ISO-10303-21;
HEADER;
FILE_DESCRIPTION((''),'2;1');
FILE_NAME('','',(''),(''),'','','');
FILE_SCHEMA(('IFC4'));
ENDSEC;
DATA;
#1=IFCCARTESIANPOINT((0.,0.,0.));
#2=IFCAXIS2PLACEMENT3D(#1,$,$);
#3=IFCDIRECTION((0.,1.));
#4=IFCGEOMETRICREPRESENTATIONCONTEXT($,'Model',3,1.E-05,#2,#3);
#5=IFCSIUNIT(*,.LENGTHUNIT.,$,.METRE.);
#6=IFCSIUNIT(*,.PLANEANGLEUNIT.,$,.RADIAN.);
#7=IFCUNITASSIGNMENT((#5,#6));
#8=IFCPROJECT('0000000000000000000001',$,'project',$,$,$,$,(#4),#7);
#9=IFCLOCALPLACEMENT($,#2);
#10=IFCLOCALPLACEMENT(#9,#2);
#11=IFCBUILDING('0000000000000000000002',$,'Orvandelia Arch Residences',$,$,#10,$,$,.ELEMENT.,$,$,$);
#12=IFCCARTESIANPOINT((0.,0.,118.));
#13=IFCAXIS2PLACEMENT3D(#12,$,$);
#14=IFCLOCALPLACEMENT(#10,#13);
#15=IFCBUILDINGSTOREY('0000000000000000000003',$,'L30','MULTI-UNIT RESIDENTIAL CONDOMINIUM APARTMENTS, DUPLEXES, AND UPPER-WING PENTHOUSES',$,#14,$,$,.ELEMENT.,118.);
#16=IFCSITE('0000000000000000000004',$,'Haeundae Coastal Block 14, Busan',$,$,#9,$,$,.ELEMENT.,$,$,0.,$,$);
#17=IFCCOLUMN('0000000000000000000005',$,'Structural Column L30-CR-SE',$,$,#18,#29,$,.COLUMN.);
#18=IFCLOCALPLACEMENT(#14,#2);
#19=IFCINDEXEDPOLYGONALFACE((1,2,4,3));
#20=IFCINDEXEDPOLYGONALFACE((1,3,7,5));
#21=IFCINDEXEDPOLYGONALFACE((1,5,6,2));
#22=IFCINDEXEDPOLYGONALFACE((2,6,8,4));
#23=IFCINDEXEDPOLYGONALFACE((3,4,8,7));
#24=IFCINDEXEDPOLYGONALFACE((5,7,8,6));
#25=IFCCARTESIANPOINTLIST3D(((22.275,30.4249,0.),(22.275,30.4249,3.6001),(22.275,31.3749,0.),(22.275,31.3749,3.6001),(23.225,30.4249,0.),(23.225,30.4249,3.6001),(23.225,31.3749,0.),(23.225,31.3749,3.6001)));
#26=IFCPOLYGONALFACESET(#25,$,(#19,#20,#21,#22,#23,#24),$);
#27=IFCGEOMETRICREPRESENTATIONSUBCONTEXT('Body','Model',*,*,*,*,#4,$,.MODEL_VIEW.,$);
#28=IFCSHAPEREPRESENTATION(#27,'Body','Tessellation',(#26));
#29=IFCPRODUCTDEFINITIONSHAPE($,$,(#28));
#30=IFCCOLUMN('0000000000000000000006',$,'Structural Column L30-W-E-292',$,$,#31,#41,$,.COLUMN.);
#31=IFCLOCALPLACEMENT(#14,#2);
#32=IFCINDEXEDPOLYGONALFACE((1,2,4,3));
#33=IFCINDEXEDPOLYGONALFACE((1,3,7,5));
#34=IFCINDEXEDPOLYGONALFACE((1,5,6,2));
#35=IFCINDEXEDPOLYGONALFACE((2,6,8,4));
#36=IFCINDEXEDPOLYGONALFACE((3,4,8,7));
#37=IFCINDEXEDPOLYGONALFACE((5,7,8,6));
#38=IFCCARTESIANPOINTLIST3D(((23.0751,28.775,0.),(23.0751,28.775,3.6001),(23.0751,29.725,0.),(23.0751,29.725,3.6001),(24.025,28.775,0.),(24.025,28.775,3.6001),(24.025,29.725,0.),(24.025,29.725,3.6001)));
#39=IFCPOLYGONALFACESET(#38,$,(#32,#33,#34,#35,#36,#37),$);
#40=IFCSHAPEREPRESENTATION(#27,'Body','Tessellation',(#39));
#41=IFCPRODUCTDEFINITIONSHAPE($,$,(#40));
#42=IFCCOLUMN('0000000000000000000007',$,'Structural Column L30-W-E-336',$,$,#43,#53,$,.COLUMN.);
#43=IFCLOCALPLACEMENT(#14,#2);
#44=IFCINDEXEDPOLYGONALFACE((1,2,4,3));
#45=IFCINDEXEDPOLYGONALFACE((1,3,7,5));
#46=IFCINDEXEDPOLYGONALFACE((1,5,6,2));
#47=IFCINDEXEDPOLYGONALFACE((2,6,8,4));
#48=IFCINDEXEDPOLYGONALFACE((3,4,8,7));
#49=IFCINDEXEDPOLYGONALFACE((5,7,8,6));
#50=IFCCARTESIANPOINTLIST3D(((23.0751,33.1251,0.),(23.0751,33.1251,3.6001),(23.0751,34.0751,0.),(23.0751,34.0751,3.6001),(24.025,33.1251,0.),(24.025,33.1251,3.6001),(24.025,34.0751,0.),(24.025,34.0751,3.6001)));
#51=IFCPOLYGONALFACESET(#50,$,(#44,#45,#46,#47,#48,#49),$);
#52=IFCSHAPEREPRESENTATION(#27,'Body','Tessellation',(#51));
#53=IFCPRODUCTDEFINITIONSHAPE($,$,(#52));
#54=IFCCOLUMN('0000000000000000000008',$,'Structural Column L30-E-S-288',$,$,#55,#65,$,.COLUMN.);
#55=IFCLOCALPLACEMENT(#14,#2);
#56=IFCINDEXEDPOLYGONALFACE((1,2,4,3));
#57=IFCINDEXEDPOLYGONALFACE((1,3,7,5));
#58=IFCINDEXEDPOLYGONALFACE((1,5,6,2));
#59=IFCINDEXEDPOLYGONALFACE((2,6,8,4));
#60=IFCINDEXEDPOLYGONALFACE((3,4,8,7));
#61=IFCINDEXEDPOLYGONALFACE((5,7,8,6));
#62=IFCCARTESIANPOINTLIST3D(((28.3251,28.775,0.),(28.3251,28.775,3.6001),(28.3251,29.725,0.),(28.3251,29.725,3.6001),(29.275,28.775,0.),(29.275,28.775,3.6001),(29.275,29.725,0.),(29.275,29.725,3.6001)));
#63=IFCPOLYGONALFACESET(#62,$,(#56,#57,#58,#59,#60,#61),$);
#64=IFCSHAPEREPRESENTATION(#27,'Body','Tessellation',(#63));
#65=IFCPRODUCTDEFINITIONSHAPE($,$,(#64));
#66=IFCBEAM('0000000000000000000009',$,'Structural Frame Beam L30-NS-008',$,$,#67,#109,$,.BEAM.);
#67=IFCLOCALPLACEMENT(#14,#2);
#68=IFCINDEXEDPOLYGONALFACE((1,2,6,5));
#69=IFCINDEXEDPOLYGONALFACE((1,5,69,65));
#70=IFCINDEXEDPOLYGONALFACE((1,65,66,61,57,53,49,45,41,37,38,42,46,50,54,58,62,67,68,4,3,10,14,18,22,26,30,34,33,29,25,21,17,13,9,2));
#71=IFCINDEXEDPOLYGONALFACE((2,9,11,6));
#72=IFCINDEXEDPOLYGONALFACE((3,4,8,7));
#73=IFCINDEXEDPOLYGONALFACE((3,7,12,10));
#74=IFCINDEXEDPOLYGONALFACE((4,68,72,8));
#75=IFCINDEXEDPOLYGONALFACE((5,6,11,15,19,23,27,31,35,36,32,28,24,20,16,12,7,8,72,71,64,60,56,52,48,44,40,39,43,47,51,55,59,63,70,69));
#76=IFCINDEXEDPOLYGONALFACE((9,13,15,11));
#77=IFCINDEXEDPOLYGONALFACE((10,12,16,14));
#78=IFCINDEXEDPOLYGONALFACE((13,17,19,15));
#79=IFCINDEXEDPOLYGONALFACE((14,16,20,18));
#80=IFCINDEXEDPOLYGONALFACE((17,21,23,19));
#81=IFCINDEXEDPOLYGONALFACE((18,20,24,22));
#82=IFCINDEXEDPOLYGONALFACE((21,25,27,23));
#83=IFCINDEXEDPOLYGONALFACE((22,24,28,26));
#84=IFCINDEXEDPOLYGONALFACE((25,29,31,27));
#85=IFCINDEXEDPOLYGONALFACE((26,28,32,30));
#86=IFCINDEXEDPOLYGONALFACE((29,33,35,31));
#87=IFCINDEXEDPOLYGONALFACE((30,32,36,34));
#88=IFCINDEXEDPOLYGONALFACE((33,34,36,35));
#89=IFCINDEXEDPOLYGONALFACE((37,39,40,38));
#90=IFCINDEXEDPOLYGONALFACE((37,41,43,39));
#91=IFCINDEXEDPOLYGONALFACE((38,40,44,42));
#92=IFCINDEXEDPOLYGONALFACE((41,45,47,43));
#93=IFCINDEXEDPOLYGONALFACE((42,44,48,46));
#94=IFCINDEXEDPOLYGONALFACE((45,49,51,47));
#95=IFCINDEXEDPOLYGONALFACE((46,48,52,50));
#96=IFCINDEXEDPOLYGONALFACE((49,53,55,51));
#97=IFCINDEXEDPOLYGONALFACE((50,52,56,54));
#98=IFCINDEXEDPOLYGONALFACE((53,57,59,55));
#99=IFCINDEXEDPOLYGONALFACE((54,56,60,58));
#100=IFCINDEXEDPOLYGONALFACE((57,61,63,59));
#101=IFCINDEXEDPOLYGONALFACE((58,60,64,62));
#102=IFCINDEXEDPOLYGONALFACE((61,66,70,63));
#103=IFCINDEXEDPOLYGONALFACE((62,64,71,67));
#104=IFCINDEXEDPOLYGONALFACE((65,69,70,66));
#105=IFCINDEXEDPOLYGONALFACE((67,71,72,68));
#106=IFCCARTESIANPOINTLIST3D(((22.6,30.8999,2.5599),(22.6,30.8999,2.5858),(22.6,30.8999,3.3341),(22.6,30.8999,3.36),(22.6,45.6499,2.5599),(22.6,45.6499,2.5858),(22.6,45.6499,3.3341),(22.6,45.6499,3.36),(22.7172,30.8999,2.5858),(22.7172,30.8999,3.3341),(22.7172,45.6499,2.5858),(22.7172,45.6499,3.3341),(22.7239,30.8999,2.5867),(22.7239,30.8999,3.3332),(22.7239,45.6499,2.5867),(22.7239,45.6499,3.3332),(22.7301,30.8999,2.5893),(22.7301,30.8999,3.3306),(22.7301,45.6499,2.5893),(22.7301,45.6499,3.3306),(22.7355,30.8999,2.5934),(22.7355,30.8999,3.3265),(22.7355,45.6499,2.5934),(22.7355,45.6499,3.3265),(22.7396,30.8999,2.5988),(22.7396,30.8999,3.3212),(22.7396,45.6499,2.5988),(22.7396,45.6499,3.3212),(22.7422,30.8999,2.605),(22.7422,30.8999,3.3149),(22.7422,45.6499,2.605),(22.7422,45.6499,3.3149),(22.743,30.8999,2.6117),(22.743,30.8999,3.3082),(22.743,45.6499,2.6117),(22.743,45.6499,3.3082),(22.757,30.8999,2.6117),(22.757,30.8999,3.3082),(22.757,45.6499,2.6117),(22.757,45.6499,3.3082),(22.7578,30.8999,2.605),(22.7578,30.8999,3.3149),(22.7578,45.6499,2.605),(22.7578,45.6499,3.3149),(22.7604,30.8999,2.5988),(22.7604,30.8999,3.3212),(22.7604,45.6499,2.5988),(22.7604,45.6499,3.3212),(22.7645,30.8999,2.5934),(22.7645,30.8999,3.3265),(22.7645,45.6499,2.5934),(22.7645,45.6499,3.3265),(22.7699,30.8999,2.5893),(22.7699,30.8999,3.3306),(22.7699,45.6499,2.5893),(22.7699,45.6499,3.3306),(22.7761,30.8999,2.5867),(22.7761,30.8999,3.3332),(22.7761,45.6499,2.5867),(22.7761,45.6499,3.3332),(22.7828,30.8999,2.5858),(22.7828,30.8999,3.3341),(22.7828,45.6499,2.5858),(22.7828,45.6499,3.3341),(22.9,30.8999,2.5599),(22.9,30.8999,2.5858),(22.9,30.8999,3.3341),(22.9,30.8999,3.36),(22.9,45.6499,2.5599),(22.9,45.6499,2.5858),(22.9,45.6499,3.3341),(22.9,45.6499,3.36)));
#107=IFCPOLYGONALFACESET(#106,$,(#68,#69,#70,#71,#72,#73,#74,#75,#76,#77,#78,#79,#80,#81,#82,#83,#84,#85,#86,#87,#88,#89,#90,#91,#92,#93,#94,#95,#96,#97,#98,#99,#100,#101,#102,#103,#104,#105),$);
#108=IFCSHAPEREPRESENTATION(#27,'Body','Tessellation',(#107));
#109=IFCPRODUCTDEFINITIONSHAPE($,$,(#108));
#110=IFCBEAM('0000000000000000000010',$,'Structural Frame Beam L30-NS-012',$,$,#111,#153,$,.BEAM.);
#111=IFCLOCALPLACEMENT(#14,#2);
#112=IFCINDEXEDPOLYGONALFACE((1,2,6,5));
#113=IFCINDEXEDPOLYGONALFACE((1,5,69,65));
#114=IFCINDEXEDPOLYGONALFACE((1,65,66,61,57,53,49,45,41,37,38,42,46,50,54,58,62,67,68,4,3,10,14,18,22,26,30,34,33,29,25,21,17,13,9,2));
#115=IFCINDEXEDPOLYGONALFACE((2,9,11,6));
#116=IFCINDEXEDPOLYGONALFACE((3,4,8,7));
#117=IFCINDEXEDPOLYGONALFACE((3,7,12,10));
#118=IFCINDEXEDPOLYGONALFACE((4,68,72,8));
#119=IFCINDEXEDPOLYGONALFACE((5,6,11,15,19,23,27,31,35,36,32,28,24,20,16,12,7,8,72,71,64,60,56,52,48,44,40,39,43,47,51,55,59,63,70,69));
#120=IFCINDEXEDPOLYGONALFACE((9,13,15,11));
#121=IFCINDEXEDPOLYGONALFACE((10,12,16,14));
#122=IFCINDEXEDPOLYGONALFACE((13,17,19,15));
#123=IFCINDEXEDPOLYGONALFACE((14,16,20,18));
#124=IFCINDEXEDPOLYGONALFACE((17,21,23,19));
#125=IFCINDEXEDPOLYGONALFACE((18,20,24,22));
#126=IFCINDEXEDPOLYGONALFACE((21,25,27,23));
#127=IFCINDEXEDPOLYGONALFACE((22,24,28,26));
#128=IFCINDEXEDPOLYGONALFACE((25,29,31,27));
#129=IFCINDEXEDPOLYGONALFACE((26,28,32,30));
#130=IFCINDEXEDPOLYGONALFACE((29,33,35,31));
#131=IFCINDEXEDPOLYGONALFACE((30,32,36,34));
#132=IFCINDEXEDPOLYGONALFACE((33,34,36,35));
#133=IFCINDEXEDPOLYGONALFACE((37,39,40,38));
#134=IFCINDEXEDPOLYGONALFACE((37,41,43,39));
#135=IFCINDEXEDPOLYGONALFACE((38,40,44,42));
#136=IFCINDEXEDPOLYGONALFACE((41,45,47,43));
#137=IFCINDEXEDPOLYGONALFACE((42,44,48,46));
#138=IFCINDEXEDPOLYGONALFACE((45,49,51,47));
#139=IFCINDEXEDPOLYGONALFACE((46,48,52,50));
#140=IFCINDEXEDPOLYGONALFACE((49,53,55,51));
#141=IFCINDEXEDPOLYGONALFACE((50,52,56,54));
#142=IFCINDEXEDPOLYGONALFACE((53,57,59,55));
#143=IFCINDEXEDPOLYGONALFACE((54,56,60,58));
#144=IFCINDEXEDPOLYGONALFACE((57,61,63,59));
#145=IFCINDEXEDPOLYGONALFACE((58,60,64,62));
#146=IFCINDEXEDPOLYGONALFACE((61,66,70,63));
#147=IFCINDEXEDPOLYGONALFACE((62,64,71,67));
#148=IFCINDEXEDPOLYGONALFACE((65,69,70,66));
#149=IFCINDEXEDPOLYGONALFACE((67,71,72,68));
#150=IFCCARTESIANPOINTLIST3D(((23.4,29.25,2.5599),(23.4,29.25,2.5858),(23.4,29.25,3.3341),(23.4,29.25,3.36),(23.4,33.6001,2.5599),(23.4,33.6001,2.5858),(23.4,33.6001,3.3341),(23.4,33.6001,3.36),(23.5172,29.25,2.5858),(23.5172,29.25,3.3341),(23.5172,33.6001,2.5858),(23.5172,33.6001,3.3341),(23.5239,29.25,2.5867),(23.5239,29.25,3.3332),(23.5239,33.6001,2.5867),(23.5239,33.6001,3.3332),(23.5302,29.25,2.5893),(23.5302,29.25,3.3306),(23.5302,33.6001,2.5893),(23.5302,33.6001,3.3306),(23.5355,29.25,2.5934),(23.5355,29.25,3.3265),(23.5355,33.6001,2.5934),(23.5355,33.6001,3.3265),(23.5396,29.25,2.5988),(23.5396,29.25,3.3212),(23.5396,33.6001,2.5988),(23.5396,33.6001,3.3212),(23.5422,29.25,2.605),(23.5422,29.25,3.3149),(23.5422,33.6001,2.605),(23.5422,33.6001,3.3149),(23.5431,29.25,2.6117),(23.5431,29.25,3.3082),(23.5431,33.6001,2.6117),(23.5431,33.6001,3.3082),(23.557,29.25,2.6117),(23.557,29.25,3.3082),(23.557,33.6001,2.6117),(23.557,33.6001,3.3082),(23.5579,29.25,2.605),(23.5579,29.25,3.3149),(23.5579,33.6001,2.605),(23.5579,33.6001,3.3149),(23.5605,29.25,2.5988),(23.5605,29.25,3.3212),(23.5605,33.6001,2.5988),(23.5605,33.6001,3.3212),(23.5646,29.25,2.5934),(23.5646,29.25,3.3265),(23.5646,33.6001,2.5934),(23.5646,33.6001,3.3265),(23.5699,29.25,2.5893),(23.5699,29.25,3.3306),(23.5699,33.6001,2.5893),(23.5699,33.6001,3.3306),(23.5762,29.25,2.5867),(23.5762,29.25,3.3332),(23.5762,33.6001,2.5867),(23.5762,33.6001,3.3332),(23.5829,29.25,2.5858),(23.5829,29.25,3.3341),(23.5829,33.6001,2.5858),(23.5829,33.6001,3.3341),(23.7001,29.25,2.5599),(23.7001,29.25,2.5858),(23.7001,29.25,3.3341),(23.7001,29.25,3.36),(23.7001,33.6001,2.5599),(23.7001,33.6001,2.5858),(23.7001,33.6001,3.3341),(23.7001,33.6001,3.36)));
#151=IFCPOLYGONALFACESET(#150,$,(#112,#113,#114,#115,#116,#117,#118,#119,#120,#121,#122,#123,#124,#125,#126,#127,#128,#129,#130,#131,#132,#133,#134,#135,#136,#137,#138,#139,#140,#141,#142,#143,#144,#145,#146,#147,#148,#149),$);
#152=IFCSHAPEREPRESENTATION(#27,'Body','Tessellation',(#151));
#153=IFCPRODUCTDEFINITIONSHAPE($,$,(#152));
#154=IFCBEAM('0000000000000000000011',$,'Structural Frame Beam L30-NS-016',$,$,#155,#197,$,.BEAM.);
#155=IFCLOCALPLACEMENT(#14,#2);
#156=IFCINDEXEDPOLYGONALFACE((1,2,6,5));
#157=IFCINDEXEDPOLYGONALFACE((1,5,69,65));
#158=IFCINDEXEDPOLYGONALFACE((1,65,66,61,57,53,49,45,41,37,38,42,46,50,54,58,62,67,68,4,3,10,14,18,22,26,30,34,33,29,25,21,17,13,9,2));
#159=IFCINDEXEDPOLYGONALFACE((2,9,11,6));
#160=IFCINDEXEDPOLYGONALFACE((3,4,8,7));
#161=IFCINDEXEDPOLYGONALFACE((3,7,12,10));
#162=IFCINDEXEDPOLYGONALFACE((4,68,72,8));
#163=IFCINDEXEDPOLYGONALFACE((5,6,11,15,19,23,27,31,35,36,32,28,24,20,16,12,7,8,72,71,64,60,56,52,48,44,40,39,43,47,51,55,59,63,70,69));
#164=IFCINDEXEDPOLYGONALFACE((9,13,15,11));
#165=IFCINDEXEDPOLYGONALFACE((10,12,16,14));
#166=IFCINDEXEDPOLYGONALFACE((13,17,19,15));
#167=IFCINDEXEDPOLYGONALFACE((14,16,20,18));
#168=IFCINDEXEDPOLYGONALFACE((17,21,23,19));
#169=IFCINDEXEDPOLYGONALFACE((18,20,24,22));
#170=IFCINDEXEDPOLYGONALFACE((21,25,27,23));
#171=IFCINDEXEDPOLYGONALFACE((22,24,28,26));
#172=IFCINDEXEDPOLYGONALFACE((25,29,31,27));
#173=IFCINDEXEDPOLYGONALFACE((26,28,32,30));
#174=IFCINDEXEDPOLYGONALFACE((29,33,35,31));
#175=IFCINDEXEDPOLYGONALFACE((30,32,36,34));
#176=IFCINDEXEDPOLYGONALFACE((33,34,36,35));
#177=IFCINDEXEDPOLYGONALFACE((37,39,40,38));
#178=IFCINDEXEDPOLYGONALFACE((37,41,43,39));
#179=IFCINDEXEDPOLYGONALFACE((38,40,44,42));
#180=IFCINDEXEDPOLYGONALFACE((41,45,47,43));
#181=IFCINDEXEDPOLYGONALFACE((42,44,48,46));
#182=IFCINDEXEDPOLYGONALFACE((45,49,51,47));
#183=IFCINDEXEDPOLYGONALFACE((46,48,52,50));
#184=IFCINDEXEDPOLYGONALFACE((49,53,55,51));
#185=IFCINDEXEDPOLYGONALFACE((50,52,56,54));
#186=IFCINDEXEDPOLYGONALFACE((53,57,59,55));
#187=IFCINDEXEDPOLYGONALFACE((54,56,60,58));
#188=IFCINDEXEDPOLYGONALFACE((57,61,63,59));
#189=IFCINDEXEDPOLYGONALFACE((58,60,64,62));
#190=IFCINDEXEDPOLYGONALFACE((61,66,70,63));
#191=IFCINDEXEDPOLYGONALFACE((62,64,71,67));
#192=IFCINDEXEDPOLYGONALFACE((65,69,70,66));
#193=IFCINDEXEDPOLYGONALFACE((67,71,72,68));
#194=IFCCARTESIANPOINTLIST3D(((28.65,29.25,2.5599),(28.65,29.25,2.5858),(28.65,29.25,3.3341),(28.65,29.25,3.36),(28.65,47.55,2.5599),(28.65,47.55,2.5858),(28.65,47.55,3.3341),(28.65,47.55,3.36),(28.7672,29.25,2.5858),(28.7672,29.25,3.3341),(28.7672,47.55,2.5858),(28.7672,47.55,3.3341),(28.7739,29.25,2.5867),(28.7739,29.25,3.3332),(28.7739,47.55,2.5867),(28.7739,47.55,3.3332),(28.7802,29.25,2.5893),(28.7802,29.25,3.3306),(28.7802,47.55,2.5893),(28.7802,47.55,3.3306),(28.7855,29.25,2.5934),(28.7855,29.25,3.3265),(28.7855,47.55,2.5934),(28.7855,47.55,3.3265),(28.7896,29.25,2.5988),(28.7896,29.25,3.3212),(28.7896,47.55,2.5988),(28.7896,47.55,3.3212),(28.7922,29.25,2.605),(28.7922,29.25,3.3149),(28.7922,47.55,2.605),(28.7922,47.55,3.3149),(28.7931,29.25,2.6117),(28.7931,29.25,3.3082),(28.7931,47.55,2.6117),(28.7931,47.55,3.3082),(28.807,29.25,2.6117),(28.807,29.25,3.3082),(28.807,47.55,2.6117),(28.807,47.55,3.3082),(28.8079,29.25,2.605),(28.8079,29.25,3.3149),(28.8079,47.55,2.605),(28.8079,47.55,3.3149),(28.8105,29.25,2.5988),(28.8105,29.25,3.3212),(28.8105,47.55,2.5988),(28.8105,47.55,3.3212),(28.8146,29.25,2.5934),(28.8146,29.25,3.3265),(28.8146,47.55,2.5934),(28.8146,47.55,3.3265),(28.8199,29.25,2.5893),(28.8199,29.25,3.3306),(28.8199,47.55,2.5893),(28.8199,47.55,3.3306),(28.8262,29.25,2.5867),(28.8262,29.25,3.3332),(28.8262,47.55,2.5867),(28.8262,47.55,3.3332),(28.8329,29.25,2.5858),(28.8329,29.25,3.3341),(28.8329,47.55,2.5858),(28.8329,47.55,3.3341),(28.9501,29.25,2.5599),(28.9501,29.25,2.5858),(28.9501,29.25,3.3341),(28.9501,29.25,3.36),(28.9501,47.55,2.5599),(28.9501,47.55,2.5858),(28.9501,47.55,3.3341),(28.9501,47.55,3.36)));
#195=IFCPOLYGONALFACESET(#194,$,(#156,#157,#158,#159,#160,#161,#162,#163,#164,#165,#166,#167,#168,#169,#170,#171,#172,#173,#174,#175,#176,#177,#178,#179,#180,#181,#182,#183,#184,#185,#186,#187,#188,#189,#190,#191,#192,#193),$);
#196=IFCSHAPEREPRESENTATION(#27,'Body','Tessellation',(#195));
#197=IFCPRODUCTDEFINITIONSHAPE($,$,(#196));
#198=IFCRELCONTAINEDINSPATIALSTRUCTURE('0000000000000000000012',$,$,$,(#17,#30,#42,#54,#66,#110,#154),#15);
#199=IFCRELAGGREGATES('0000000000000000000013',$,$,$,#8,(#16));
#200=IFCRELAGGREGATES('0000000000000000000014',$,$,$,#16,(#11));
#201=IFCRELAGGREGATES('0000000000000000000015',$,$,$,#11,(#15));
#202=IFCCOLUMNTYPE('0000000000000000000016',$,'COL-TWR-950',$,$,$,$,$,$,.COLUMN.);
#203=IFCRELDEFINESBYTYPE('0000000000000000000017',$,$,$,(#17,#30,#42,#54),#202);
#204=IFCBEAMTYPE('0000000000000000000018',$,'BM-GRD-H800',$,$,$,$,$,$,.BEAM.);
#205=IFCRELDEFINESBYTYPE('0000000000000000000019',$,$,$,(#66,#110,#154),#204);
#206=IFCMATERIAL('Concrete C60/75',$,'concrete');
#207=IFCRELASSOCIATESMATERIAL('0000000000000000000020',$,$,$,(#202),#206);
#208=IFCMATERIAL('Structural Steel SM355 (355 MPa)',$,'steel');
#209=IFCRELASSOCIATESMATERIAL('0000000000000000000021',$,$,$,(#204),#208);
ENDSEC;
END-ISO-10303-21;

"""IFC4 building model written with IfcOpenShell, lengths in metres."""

from ifc_helpers import new_model, si_unit, direction, frame, origin, origin_2d, place, context, subcontext, project, spatial, rectangle, i_section, extrude, material, material_profile, profile_set, type_object, element, save


model = new_model("IFC4")

# Units and contexts
model_context = context("Model", 3, precision=1e-05, world=origin(), true_north=direction((0.0, 1.0)))
body_context = subcontext(model_context, "Body", "Model", "MODEL_VIEW")
ifc_project = project(units=[si_unit("LENGTHUNIT", "METRE"), si_unit("PLANEANGLEUNIT", "RADIAN")], contexts=[model_context])

# Site, building, storey
site_placement = place(None, origin())
site = spatial("IfcSite", under=ifc_project, at=site_placement, Name="Haeundae Coastal Block 14, Busan", CompositionType="ELEMENT", RefElevation=0.0)
building_placement = place(site_placement, origin())
building = spatial("IfcBuilding", under=site, at=building_placement, Name="Orvandelia Arch Residences", CompositionType="ELEMENT")
storey_placement = place(building_placement, frame((0.0, 0.0, 118.0)))
storey = spatial("IfcBuildingStorey", under=building, at=storey_placement, Name="L30", Description="MULTI-UNIT RESIDENTIAL CONDOMINIUM APARTMENTS, DUPLEXES, AND UPPER-WING PENTHOUSES", CompositionType="ELEMENT", Elevation=118.0)

# Columns
ifc_material_1 = material(Name="Concrete C60/75", Category="concrete")
ifc_material_profile_1 = material_profile(ifc_material_1, rectangle(XDim=0.95, YDim=0.95, at=origin_2d()), Name="Concrete C60/75", Category="concrete")
ifc_profile_set_1 = profile_set([ifc_material_profile_1], Name="Concrete C60/75")
column_type = type_object("IfcColumnType", Name="COL-TWR-950", PredefinedType="COLUMN", material=ifc_profile_set_1)
for number, where, z_axis, x_axis, name in (
    (1, (22.75, 30.8999, 0.0), (0.0, 0.0, 1.0), (1.0, 0.0, 0.0), "Structural Column L30-CR-SE"),
    (2, (23.55, 29.25, 0.0), (0.0, 0.0, 1.0), (1.0, 0.0, 0.0), "Structural Column L30-W-E-292"),
    (3, (23.55, 33.6001, 0.0), (0.0, 0.0, 1.0), (1.0, 0.0, 0.0), "Structural Column L30-W-E-336"),
    (4, (28.8, 29.25, 0.0), (0.0, 0.0, 1.0), (1.0, 0.0, 0.0), "Structural Column L30-E-S-288"),
):
    element("IfcColumn", number, at=place(storey_placement, frame(where, z_axis=z_axis, x_axis=x_axis)), inside=storey, type_object=column_type, Name=name, PredefinedType="COLUMN", context=body_context, shape_type="SweptSolid", body=[
        extrude(rectangle(XDim=0.95, YDim=0.95, at=origin_2d()), origin(), (0.0, 0.0, 1.0), 3.6001),
    ])

# Beams
ifc_material_2 = material(Name="Structural Steel SM355 (355 MPa)", Category="steel")
ifc_material_profile_2 = material_profile(ifc_material_2, i_section(OverallWidth=0.3, OverallDepth=0.8, WebThickness=0.0139, FlangeThickness=0.0259, FilletRadius=0.0259, at=origin_2d()), Name="Structural Steel SM355 (355 MPa)", Category="steel")
ifc_profile_set_2 = profile_set([ifc_material_profile_2], Name="Structural Steel SM355 (355 MPa)")
beam_type = type_object("IfcBeamType", Name="BM-GRD-H800", PredefinedType="BEAM", material=ifc_profile_set_2)
beam_1_placement = place(storey_placement, frame((22.75, 30.8999, 2.96), z_axis=(0.0, 1.0, 0.0), x_axis=(-1.0, 0.0, 0.0)))
element("IfcBeam", 5, at=beam_1_placement, inside=storey, type_object=beam_type, Name="Structural Frame Beam L30-NS-008", PredefinedType="BEAM", context=body_context, shape_type="SweptSolid", body=[
    extrude(i_section(OverallWidth=0.3, OverallDepth=0.8, WebThickness=0.0139, FlangeThickness=0.0259, FilletRadius=0.0259, at=origin_2d()), origin(), (0.0, 0.0, 1.0), 14.75),
])
beam_2_placement = place(storey_placement, frame((23.55, 29.25, 2.96), z_axis=(0.0, 1.0, 0.0), x_axis=(-1.0, 0.0, 0.0)))
element("IfcBeam", 6, at=beam_2_placement, inside=storey, type_object=beam_type, Name="Structural Frame Beam L30-NS-012", PredefinedType="BEAM", context=body_context, shape_type="SweptSolid", body=[
    extrude(i_section(OverallWidth=0.3, OverallDepth=0.8, WebThickness=0.0139, FlangeThickness=0.0259, FilletRadius=0.0259, at=origin_2d()), origin(), (0.0, 0.0, 1.0), 4.3501),
])
beam_3_placement = place(storey_placement, frame((28.8, 29.25, 2.96), z_axis=(0.0, 1.0, 0.0), x_axis=(-1.0, 0.0, 0.0)))
element("IfcBeam", 7, at=beam_3_placement, inside=storey, type_object=beam_type, Name="Structural Frame Beam L30-NS-016", PredefinedType="BEAM", context=body_context, shape_type="SweptSolid", body=[
    extrude(i_section(OverallWidth=0.3, OverallDepth=0.8, WebThickness=0.0139, FlangeThickness=0.0259, FilletRadius=0.0259, at=origin_2d()), origin(), (0.0, 0.0, 1.0), 18.3),
])

save(model, "model.ifc")
